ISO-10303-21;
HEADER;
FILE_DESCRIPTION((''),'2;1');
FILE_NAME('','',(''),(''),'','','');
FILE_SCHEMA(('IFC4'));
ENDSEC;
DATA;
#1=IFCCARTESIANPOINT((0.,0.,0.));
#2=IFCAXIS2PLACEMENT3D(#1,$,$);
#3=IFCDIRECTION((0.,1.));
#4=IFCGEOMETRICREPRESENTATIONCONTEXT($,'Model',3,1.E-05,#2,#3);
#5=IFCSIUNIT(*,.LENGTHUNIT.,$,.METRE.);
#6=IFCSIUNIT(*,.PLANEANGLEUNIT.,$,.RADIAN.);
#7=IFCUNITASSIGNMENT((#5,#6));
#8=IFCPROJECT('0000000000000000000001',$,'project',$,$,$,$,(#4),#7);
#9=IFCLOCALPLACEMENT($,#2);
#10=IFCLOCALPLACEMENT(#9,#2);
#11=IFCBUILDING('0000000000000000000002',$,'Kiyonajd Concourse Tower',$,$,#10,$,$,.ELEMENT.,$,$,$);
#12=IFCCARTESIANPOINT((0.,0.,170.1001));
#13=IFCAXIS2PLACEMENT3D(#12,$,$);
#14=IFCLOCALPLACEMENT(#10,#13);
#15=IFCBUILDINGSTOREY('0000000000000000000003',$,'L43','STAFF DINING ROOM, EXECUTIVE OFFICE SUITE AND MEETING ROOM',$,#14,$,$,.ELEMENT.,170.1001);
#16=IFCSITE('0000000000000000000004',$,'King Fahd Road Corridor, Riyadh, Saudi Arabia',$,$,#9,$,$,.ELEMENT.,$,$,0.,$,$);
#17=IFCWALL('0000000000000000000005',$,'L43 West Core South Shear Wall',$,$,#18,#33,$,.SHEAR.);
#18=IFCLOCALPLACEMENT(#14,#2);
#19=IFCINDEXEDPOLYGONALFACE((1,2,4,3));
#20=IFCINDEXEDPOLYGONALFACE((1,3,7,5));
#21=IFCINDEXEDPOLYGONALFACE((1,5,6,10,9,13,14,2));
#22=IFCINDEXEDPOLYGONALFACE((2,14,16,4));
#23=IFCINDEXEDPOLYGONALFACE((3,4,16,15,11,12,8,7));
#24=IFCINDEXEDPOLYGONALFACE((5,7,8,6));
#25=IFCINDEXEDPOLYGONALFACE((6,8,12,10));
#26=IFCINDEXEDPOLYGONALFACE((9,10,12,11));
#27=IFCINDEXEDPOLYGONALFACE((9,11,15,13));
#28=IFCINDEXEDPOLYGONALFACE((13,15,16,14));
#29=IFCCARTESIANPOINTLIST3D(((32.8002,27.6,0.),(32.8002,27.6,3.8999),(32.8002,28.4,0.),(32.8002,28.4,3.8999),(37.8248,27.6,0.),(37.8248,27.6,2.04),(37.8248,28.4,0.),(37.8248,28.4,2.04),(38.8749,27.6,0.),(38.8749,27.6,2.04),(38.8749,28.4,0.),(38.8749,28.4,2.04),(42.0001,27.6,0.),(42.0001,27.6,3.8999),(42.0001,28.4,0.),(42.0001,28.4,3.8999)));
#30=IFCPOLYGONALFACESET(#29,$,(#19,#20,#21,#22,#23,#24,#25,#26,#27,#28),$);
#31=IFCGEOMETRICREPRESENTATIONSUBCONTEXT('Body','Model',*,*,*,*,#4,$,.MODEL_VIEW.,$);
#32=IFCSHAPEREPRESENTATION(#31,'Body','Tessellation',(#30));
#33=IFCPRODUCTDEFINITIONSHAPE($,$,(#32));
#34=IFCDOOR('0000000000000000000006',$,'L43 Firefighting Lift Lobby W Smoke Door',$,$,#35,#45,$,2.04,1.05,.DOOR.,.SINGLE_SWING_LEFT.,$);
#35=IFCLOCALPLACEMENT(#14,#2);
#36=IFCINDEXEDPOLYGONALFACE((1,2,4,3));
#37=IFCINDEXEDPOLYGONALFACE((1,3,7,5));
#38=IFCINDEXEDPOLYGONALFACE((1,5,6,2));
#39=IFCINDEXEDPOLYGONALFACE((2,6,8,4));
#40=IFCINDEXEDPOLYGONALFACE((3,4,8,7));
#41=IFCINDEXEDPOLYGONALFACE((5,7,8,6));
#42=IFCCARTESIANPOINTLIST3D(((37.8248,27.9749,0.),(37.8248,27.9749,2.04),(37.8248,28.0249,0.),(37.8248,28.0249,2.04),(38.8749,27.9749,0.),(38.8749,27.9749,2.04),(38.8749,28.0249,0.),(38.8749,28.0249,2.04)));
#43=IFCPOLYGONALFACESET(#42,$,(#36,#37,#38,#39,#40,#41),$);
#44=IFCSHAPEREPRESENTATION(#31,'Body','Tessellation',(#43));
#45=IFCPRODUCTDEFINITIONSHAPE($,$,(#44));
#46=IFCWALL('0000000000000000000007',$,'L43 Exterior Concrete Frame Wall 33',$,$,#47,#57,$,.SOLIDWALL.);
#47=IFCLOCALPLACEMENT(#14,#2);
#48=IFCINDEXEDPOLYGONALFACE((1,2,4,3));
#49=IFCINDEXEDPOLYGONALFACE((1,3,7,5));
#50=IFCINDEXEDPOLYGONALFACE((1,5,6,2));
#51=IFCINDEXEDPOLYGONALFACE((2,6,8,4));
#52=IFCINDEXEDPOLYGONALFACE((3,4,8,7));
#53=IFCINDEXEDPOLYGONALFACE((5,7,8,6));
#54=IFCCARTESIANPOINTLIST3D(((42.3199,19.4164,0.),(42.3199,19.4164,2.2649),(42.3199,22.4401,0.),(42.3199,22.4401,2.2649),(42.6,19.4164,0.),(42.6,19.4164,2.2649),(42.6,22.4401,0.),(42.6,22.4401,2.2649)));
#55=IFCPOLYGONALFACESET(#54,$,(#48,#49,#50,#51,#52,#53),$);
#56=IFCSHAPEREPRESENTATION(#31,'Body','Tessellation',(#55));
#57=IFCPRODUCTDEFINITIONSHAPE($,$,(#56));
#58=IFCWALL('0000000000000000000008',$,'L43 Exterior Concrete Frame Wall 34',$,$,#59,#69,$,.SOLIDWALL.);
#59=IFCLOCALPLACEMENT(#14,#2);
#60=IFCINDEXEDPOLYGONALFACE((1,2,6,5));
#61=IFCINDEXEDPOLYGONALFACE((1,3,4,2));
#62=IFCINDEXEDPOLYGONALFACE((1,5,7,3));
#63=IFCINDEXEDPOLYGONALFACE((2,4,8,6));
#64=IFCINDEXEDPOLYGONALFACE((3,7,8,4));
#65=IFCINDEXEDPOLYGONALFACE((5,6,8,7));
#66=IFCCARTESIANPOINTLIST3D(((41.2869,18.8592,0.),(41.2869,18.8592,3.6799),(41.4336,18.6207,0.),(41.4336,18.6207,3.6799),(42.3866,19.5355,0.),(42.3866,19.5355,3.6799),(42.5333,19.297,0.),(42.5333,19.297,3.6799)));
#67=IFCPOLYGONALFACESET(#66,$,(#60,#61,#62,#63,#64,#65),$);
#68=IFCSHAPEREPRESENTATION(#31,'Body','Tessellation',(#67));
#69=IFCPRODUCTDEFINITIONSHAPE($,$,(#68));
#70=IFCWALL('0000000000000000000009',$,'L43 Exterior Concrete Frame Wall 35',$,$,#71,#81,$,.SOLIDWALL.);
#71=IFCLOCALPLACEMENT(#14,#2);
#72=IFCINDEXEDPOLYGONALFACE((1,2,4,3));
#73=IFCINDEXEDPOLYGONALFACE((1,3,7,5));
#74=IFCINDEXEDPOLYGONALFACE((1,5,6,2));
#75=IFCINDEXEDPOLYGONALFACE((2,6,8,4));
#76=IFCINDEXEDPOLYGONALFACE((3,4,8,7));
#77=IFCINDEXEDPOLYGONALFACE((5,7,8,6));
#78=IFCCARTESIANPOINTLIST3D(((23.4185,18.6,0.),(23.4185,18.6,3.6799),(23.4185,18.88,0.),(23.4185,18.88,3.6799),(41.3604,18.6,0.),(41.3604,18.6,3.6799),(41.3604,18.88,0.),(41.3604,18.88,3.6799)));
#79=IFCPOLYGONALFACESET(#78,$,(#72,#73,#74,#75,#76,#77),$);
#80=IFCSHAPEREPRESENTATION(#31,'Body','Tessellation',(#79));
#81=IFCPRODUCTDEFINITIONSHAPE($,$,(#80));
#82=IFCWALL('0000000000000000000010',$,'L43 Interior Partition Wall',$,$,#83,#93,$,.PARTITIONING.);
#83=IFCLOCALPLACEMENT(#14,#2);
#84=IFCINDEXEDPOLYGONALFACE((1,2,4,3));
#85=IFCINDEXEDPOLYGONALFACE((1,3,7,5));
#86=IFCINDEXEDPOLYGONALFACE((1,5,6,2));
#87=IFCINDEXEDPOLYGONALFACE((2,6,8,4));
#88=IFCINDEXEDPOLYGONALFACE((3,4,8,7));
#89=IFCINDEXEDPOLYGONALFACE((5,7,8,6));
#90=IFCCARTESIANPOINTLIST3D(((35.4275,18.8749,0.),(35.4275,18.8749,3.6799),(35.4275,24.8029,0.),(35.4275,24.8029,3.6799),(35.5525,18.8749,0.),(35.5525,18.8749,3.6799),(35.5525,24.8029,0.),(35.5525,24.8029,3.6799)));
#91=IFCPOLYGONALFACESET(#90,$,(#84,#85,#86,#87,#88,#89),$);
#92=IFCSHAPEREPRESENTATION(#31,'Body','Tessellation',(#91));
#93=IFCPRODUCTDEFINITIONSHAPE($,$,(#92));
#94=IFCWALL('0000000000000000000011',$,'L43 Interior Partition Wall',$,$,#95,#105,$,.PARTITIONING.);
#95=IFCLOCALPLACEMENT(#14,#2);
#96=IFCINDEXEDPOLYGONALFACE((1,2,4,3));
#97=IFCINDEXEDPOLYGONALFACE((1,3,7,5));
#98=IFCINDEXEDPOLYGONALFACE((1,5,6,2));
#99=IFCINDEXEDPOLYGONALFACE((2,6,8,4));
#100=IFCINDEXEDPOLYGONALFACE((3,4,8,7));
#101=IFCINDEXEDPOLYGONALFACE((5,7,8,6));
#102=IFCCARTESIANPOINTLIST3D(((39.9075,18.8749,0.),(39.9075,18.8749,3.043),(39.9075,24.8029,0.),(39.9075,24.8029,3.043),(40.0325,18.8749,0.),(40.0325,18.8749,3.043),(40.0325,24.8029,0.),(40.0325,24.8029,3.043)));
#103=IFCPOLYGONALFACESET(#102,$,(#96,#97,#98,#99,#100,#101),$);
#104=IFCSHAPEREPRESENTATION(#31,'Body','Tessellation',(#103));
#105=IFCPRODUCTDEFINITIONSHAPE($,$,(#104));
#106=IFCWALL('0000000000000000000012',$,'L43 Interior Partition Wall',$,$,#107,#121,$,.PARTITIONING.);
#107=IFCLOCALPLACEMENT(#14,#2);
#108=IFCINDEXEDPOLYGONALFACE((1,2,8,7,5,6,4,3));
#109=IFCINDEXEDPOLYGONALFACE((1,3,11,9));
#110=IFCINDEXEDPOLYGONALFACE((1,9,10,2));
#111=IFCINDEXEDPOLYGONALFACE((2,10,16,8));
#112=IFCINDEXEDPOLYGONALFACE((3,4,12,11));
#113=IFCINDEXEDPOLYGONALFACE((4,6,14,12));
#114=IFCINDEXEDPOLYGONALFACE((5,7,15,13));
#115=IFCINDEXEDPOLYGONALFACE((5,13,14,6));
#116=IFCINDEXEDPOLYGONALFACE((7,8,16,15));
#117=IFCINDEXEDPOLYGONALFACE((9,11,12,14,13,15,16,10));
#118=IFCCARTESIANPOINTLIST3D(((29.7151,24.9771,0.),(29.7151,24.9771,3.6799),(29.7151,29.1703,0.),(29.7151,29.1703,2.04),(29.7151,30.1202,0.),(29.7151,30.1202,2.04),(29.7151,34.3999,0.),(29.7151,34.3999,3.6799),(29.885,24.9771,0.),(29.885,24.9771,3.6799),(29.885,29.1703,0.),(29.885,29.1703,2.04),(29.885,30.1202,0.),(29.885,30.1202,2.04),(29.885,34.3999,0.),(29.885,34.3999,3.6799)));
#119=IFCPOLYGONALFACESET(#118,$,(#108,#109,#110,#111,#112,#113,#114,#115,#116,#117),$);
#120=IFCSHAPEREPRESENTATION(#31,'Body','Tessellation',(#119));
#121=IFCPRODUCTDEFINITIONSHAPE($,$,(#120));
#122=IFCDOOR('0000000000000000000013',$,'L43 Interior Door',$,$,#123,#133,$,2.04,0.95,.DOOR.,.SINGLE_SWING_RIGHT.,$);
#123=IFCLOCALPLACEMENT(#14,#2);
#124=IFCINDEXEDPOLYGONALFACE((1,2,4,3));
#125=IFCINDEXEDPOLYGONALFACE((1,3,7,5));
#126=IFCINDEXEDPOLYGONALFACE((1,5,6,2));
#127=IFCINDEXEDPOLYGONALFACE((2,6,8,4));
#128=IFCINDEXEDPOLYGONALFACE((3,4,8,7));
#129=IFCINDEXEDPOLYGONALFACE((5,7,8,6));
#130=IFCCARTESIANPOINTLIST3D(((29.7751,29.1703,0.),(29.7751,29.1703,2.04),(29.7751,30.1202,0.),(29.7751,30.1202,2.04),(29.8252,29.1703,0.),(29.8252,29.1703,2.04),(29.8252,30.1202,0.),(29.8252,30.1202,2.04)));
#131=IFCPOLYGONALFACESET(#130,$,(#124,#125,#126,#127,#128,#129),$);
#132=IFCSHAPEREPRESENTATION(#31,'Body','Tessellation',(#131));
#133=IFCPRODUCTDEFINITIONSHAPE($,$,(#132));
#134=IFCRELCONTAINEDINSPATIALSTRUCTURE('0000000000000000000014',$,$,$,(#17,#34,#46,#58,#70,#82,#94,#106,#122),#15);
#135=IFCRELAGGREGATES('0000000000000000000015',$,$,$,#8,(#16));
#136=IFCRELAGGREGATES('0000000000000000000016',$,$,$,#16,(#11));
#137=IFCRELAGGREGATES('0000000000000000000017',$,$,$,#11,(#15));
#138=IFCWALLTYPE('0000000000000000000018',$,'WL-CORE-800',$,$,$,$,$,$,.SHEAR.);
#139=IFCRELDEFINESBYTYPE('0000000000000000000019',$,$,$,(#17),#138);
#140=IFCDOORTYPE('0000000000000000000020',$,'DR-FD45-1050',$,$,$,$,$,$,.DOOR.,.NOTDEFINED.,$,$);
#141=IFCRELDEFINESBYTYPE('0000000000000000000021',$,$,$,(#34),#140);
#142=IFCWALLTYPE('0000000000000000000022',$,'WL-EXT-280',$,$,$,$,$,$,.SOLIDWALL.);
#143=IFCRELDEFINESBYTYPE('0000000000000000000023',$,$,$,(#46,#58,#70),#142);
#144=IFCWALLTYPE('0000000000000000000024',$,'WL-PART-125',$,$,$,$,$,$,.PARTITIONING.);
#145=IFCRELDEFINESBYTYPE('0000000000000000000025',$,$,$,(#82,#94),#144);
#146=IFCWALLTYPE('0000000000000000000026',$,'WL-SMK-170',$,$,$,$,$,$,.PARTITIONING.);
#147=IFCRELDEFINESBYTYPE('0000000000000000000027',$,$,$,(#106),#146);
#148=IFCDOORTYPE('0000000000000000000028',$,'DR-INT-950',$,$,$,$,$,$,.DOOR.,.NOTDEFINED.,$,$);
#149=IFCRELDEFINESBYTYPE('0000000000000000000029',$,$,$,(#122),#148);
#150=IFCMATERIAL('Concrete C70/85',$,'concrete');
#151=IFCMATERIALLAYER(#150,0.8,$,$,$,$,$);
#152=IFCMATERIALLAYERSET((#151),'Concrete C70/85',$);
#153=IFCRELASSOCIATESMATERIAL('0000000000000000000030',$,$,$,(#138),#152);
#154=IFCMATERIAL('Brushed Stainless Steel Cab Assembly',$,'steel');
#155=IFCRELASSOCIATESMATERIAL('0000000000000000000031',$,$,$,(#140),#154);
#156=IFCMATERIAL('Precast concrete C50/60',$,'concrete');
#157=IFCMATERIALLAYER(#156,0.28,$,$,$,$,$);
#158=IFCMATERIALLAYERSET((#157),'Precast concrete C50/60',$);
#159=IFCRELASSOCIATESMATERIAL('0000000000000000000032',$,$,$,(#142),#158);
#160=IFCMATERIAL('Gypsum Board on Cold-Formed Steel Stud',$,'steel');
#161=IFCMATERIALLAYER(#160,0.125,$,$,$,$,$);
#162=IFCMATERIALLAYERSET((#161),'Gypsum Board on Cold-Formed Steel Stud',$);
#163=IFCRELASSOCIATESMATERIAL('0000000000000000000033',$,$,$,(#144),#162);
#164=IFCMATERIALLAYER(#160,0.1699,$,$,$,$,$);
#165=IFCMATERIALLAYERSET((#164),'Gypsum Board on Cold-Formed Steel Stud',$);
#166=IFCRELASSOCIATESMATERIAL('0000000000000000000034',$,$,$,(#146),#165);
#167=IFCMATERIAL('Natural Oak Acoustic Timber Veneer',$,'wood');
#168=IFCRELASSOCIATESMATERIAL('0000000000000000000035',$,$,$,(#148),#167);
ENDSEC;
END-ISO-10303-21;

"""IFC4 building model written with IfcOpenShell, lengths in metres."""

from ifc_helpers import new_model, si_unit, direction, frame, frame_2d, origin, place, context, subcontext, project, spatial, rectangle, extrude, material, layer, layer_set, type_object, element, fill, save


model = new_model("IFC4")

# Units and contexts
model_context = context("Model", 3, precision=1e-05, world=origin(), true_north=direction((0.0, 1.0)))
body_context = subcontext(model_context, "Body", "Model", "MODEL_VIEW")
ifc_project = project(units=[si_unit("LENGTHUNIT", "METRE"), si_unit("PLANEANGLEUNIT", "RADIAN")], contexts=[model_context])

# Site, building, storey
site_placement = place(None, origin())
site = spatial("IfcSite", under=ifc_project, at=site_placement, Name="King Fahd Road Corridor, Riyadh, Saudi Arabia", CompositionType="ELEMENT", RefElevation=0.0)
building_placement = place(site_placement, origin())
building = spatial("IfcBuilding", under=site, at=building_placement, Name="Kiyonajd Concourse Tower", CompositionType="ELEMENT")
storey_placement = place(building_placement, frame((0.0, 0.0, 170.1001)))
storey = spatial("IfcBuildingStorey", under=building, at=storey_placement, Name="L43", Description="STAFF DINING ROOM, EXECUTIVE OFFICE SUITE AND MEETING ROOM", CompositionType="ELEMENT", Elevation=170.1001)

# Shared definitions
ifc_material_1 = material(Name="Concrete C70/85", Category="concrete")

# Shared definitions
ifc_layer_1 = layer(ifc_material_1, 0.8)
ifc_layer_set_1 = layer_set([ifc_layer_1], Name="Concrete C70/85")
wall_type_1 = type_object("IfcWallType", Name="WL-CORE-800", PredefinedType="SHEAR", material=ifc_layer_set_1)

# Wall, opening, door
wall_1_placement = place(storey_placement, frame((32.8, 28.0, 0.0), z_axis=(0.0, 0.0, 1.0), x_axis=(1.0, 0.0, 0.0)))
wall_1 = element("IfcWall", 1, at=wall_1_placement, inside=storey, type_object=wall_type_1, Name="L43 West Core South Shear Wall", PredefinedType="SHEAR", context=body_context, shape_type="SweptSolid", body=[
    extrude(rectangle(XDim=9.2, YDim=0.8, at=frame_2d((4.6001, 0.0))), origin(), (0.0, 0.0, 1.0), 3.8999),
])
opening_1_placement = place(wall_1_placement, frame((5.0249, 0.0, 0.0)))
opening_1 = element("IfcOpeningElement", 2, at=opening_1_placement, cuts=wall_1, PredefinedType="OPENING", context=body_context, shape_type="SweptSolid", body=[
    extrude(rectangle(XDim=1.05, YDim=2.04, at=frame_2d((0.5249, 1.02))), frame((0.0, 0.4099, 0.0), z_axis=(0.0, -1.0, 0.0), x_axis=(1.0, 0.0, 0.0)), (0.0, 0.0, 1.0), 0.8201),
])
ifc_material_2 = material(Name="Brushed Stainless Steel Cab Assembly", Category="steel")
door_type_1 = type_object("IfcDoorType", Name="DR-FD45-1050", OperationType="NOTDEFINED", PredefinedType="DOOR", material=ifc_material_2)
door_1_placement = place(opening_1_placement, origin())
door_1 = element("IfcDoor", 3, at=door_1_placement, inside=storey, type_object=door_type_1, Name="L43 Firefighting Lift Lobby W Smoke Door", OperationType="SINGLE_SWING_LEFT", OverallHeight=2.04, OverallWidth=1.05, PredefinedType="DOOR", context=body_context, shape_type="SweptSolid", body=[
    extrude(rectangle(XDim=1.05, YDim=2.04, at=frame_2d((0.5249, 1.02))), frame((0.0, 0.0249, 0.0), z_axis=(0.0, -1.0, 0.0), x_axis=(1.0, 0.0, 0.0)), (0.0, 0.0, 1.0), 0.05),
])
fill(opening_1, door_1)

# Walls
ifc_material_3 = material(Name="Precast concrete C50/60", Category="concrete")
ifc_layer_2 = layer(ifc_material_3, 0.28)
ifc_layer_set_2 = layer_set([ifc_layer_2], Name="Precast concrete C50/60")
wall_type_2 = type_object("IfcWallType", Name="WL-EXT-280", PredefinedType="SOLIDWALL", material=ifc_layer_set_2)
wall_2_placement = place(storey_placement, frame((42.46, 22.4399, 0.0), z_axis=(0.0, 0.0, 1.0), x_axis=(0.0, -1.0, 0.0)))
element("IfcWall", 4, at=wall_2_placement, inside=storey, type_object=wall_type_2, Name="L43 Exterior Concrete Frame Wall 33", PredefinedType="SOLIDWALL", context=body_context, shape_type="SweptSolid", body=[
    extrude(rectangle(XDim=3.0237, YDim=0.28, at=frame_2d((1.5117, 0.0))), origin(), (0.0, 0.0, 1.0), 2.2649),
])
wall_3_placement = place(storey_placement, frame((42.46, 19.4163, 0.0), z_axis=(0.0, 0.0, 1.0), x_axis=(-0.851801, -0.523865, 0.0)))
element("IfcWall", 5, at=wall_3_placement, inside=storey, type_object=wall_type_2, Name="L43 Exterior Concrete Frame Wall 34", PredefinedType="SOLIDWALL", context=body_context, shape_type="SweptSolid", body=[
    extrude(rectangle(XDim=1.291, YDim=0.28, at=frame_2d((0.6455, 0.0))), origin(), (0.0, 0.0, 1.0), 3.6799),
])
wall_4_placement = place(storey_placement, frame((41.3604, 18.74, 0.0), z_axis=(0.0, 0.0, 1.0), x_axis=(-1.0, 0.0, 0.0)))
element("IfcWall", 6, at=wall_4_placement, inside=storey, type_object=wall_type_2, Name="L43 Exterior Concrete Frame Wall 35", PredefinedType="SOLIDWALL", context=body_context, shape_type="SweptSolid", body=[
    extrude(rectangle(XDim=17.9419, YDim=0.28, at=frame_2d((8.9709, 0.0))), origin(), (0.0, 0.0, 1.0), 3.6799),
])
ifc_material_4 = material(Name="Gypsum Board on Cold-Formed Steel Stud", Category="steel")
ifc_layer_3 = layer(ifc_material_4, 0.125)
ifc_layer_set_3 = layer_set([ifc_layer_3], Name="Gypsum Board on Cold-Formed Steel Stud")
wall_type_3 = type_object("IfcWallType", Name="WL-PART-125", PredefinedType="PARTITIONING", material=ifc_layer_set_3)
wall_5_placement = place(storey_placement, frame((35.49, 18.875, 0.0), z_axis=(0.0, 0.0, 1.0), x_axis=(0.0, 1.0, 0.0)))
element("IfcWall", 7, at=wall_5_placement, inside=storey, type_object=wall_type_3, Name="L43 Interior Partition Wall", PredefinedType="PARTITIONING", context=body_context, shape_type="SweptSolid", body=[
    extrude(rectangle(XDim=5.928, YDim=0.125, at=frame_2d((2.9639, 0.0))), origin(), (0.0, 0.0, 1.0), 3.6799),
])
wall_6_placement = place(storey_placement, frame((39.97, 18.875, 0.0), z_axis=(0.0, 0.0, 1.0), x_axis=(0.0, 1.0, 0.0)))
element("IfcWall", 8, at=wall_6_placement, inside=storey, type_object=wall_type_3, Name="L43 Interior Partition Wall", PredefinedType="PARTITIONING", context=body_context, shape_type="SweptSolid", body=[
    extrude(rectangle(XDim=5.928, YDim=0.125, at=frame_2d((2.9639, 0.0))), origin(), (0.0, 0.0, 1.0), 3.043),
])

# Wall, opening, door
ifc_layer_4 = layer(ifc_material_4, 0.1699)
ifc_layer_set_4 = layer_set([ifc_layer_4], Name="Gypsum Board on Cold-Formed Steel Stud")
wall_type_4 = type_object("IfcWallType", Name="WL-SMK-170", PredefinedType="PARTITIONING", material=ifc_layer_set_4)
wall_7_placement = place(storey_placement, frame((29.8, 24.9771, 0.0), z_axis=(0.0, 0.0, 1.0), x_axis=(0.0, 1.0, 0.0)))
wall_7 = element("IfcWall", 9, at=wall_7_placement, inside=storey, type_object=wall_type_4, Name="L43 Interior Partition Wall", PredefinedType="PARTITIONING", context=body_context, shape_type="SweptSolid", body=[
    extrude(rectangle(XDim=9.4229, YDim=0.1699, at=frame_2d((4.7114, 0.0))), origin(), (0.0, 0.0, 1.0), 3.6799),
])
opening_2_placement = place(wall_7_placement, frame((4.1931, 0.0, 0.0)))
opening_2 = element("IfcOpeningElement", 10, at=opening_2_placement, cuts=wall_7, PredefinedType="OPENING", context=body_context, shape_type="SweptSolid", body=[
    extrude(rectangle(XDim=0.95, YDim=2.04, at=frame_2d((0.4751, 1.02))), frame((0.0, 0.095, 0.0), z_axis=(0.0, -1.0, 0.0), x_axis=(1.0, 0.0, 0.0)), (0.0, 0.0, 1.0), 0.1899),
])
ifc_material_5 = material(Name="Natural Oak Acoustic Timber Veneer", Category="wood")
door_type_2 = type_object("IfcDoorType", Name="DR-INT-950", OperationType="NOTDEFINED", PredefinedType="DOOR", material=ifc_material_5)
door_2_placement = place(opening_2_placement, origin())
door_2 = element("IfcDoor", 11, at=door_2_placement, inside=storey, type_object=door_type_2, Name="L43 Interior Door", OperationType="SINGLE_SWING_RIGHT", OverallHeight=2.04, OverallWidth=0.95, PredefinedType="DOOR", context=body_context, shape_type="SweptSolid", body=[
    extrude(rectangle(XDim=0.95, YDim=2.04, at=frame_2d((0.4751, 1.02))), frame((0.0, 0.0249, 0.0), z_axis=(0.0, -1.0, 0.0), x_axis=(1.0, 0.0, 0.0)), (0.0, 0.0, 1.0), 0.05),
])
fill(opening_2, door_2)

save(model, "model.ifc")
